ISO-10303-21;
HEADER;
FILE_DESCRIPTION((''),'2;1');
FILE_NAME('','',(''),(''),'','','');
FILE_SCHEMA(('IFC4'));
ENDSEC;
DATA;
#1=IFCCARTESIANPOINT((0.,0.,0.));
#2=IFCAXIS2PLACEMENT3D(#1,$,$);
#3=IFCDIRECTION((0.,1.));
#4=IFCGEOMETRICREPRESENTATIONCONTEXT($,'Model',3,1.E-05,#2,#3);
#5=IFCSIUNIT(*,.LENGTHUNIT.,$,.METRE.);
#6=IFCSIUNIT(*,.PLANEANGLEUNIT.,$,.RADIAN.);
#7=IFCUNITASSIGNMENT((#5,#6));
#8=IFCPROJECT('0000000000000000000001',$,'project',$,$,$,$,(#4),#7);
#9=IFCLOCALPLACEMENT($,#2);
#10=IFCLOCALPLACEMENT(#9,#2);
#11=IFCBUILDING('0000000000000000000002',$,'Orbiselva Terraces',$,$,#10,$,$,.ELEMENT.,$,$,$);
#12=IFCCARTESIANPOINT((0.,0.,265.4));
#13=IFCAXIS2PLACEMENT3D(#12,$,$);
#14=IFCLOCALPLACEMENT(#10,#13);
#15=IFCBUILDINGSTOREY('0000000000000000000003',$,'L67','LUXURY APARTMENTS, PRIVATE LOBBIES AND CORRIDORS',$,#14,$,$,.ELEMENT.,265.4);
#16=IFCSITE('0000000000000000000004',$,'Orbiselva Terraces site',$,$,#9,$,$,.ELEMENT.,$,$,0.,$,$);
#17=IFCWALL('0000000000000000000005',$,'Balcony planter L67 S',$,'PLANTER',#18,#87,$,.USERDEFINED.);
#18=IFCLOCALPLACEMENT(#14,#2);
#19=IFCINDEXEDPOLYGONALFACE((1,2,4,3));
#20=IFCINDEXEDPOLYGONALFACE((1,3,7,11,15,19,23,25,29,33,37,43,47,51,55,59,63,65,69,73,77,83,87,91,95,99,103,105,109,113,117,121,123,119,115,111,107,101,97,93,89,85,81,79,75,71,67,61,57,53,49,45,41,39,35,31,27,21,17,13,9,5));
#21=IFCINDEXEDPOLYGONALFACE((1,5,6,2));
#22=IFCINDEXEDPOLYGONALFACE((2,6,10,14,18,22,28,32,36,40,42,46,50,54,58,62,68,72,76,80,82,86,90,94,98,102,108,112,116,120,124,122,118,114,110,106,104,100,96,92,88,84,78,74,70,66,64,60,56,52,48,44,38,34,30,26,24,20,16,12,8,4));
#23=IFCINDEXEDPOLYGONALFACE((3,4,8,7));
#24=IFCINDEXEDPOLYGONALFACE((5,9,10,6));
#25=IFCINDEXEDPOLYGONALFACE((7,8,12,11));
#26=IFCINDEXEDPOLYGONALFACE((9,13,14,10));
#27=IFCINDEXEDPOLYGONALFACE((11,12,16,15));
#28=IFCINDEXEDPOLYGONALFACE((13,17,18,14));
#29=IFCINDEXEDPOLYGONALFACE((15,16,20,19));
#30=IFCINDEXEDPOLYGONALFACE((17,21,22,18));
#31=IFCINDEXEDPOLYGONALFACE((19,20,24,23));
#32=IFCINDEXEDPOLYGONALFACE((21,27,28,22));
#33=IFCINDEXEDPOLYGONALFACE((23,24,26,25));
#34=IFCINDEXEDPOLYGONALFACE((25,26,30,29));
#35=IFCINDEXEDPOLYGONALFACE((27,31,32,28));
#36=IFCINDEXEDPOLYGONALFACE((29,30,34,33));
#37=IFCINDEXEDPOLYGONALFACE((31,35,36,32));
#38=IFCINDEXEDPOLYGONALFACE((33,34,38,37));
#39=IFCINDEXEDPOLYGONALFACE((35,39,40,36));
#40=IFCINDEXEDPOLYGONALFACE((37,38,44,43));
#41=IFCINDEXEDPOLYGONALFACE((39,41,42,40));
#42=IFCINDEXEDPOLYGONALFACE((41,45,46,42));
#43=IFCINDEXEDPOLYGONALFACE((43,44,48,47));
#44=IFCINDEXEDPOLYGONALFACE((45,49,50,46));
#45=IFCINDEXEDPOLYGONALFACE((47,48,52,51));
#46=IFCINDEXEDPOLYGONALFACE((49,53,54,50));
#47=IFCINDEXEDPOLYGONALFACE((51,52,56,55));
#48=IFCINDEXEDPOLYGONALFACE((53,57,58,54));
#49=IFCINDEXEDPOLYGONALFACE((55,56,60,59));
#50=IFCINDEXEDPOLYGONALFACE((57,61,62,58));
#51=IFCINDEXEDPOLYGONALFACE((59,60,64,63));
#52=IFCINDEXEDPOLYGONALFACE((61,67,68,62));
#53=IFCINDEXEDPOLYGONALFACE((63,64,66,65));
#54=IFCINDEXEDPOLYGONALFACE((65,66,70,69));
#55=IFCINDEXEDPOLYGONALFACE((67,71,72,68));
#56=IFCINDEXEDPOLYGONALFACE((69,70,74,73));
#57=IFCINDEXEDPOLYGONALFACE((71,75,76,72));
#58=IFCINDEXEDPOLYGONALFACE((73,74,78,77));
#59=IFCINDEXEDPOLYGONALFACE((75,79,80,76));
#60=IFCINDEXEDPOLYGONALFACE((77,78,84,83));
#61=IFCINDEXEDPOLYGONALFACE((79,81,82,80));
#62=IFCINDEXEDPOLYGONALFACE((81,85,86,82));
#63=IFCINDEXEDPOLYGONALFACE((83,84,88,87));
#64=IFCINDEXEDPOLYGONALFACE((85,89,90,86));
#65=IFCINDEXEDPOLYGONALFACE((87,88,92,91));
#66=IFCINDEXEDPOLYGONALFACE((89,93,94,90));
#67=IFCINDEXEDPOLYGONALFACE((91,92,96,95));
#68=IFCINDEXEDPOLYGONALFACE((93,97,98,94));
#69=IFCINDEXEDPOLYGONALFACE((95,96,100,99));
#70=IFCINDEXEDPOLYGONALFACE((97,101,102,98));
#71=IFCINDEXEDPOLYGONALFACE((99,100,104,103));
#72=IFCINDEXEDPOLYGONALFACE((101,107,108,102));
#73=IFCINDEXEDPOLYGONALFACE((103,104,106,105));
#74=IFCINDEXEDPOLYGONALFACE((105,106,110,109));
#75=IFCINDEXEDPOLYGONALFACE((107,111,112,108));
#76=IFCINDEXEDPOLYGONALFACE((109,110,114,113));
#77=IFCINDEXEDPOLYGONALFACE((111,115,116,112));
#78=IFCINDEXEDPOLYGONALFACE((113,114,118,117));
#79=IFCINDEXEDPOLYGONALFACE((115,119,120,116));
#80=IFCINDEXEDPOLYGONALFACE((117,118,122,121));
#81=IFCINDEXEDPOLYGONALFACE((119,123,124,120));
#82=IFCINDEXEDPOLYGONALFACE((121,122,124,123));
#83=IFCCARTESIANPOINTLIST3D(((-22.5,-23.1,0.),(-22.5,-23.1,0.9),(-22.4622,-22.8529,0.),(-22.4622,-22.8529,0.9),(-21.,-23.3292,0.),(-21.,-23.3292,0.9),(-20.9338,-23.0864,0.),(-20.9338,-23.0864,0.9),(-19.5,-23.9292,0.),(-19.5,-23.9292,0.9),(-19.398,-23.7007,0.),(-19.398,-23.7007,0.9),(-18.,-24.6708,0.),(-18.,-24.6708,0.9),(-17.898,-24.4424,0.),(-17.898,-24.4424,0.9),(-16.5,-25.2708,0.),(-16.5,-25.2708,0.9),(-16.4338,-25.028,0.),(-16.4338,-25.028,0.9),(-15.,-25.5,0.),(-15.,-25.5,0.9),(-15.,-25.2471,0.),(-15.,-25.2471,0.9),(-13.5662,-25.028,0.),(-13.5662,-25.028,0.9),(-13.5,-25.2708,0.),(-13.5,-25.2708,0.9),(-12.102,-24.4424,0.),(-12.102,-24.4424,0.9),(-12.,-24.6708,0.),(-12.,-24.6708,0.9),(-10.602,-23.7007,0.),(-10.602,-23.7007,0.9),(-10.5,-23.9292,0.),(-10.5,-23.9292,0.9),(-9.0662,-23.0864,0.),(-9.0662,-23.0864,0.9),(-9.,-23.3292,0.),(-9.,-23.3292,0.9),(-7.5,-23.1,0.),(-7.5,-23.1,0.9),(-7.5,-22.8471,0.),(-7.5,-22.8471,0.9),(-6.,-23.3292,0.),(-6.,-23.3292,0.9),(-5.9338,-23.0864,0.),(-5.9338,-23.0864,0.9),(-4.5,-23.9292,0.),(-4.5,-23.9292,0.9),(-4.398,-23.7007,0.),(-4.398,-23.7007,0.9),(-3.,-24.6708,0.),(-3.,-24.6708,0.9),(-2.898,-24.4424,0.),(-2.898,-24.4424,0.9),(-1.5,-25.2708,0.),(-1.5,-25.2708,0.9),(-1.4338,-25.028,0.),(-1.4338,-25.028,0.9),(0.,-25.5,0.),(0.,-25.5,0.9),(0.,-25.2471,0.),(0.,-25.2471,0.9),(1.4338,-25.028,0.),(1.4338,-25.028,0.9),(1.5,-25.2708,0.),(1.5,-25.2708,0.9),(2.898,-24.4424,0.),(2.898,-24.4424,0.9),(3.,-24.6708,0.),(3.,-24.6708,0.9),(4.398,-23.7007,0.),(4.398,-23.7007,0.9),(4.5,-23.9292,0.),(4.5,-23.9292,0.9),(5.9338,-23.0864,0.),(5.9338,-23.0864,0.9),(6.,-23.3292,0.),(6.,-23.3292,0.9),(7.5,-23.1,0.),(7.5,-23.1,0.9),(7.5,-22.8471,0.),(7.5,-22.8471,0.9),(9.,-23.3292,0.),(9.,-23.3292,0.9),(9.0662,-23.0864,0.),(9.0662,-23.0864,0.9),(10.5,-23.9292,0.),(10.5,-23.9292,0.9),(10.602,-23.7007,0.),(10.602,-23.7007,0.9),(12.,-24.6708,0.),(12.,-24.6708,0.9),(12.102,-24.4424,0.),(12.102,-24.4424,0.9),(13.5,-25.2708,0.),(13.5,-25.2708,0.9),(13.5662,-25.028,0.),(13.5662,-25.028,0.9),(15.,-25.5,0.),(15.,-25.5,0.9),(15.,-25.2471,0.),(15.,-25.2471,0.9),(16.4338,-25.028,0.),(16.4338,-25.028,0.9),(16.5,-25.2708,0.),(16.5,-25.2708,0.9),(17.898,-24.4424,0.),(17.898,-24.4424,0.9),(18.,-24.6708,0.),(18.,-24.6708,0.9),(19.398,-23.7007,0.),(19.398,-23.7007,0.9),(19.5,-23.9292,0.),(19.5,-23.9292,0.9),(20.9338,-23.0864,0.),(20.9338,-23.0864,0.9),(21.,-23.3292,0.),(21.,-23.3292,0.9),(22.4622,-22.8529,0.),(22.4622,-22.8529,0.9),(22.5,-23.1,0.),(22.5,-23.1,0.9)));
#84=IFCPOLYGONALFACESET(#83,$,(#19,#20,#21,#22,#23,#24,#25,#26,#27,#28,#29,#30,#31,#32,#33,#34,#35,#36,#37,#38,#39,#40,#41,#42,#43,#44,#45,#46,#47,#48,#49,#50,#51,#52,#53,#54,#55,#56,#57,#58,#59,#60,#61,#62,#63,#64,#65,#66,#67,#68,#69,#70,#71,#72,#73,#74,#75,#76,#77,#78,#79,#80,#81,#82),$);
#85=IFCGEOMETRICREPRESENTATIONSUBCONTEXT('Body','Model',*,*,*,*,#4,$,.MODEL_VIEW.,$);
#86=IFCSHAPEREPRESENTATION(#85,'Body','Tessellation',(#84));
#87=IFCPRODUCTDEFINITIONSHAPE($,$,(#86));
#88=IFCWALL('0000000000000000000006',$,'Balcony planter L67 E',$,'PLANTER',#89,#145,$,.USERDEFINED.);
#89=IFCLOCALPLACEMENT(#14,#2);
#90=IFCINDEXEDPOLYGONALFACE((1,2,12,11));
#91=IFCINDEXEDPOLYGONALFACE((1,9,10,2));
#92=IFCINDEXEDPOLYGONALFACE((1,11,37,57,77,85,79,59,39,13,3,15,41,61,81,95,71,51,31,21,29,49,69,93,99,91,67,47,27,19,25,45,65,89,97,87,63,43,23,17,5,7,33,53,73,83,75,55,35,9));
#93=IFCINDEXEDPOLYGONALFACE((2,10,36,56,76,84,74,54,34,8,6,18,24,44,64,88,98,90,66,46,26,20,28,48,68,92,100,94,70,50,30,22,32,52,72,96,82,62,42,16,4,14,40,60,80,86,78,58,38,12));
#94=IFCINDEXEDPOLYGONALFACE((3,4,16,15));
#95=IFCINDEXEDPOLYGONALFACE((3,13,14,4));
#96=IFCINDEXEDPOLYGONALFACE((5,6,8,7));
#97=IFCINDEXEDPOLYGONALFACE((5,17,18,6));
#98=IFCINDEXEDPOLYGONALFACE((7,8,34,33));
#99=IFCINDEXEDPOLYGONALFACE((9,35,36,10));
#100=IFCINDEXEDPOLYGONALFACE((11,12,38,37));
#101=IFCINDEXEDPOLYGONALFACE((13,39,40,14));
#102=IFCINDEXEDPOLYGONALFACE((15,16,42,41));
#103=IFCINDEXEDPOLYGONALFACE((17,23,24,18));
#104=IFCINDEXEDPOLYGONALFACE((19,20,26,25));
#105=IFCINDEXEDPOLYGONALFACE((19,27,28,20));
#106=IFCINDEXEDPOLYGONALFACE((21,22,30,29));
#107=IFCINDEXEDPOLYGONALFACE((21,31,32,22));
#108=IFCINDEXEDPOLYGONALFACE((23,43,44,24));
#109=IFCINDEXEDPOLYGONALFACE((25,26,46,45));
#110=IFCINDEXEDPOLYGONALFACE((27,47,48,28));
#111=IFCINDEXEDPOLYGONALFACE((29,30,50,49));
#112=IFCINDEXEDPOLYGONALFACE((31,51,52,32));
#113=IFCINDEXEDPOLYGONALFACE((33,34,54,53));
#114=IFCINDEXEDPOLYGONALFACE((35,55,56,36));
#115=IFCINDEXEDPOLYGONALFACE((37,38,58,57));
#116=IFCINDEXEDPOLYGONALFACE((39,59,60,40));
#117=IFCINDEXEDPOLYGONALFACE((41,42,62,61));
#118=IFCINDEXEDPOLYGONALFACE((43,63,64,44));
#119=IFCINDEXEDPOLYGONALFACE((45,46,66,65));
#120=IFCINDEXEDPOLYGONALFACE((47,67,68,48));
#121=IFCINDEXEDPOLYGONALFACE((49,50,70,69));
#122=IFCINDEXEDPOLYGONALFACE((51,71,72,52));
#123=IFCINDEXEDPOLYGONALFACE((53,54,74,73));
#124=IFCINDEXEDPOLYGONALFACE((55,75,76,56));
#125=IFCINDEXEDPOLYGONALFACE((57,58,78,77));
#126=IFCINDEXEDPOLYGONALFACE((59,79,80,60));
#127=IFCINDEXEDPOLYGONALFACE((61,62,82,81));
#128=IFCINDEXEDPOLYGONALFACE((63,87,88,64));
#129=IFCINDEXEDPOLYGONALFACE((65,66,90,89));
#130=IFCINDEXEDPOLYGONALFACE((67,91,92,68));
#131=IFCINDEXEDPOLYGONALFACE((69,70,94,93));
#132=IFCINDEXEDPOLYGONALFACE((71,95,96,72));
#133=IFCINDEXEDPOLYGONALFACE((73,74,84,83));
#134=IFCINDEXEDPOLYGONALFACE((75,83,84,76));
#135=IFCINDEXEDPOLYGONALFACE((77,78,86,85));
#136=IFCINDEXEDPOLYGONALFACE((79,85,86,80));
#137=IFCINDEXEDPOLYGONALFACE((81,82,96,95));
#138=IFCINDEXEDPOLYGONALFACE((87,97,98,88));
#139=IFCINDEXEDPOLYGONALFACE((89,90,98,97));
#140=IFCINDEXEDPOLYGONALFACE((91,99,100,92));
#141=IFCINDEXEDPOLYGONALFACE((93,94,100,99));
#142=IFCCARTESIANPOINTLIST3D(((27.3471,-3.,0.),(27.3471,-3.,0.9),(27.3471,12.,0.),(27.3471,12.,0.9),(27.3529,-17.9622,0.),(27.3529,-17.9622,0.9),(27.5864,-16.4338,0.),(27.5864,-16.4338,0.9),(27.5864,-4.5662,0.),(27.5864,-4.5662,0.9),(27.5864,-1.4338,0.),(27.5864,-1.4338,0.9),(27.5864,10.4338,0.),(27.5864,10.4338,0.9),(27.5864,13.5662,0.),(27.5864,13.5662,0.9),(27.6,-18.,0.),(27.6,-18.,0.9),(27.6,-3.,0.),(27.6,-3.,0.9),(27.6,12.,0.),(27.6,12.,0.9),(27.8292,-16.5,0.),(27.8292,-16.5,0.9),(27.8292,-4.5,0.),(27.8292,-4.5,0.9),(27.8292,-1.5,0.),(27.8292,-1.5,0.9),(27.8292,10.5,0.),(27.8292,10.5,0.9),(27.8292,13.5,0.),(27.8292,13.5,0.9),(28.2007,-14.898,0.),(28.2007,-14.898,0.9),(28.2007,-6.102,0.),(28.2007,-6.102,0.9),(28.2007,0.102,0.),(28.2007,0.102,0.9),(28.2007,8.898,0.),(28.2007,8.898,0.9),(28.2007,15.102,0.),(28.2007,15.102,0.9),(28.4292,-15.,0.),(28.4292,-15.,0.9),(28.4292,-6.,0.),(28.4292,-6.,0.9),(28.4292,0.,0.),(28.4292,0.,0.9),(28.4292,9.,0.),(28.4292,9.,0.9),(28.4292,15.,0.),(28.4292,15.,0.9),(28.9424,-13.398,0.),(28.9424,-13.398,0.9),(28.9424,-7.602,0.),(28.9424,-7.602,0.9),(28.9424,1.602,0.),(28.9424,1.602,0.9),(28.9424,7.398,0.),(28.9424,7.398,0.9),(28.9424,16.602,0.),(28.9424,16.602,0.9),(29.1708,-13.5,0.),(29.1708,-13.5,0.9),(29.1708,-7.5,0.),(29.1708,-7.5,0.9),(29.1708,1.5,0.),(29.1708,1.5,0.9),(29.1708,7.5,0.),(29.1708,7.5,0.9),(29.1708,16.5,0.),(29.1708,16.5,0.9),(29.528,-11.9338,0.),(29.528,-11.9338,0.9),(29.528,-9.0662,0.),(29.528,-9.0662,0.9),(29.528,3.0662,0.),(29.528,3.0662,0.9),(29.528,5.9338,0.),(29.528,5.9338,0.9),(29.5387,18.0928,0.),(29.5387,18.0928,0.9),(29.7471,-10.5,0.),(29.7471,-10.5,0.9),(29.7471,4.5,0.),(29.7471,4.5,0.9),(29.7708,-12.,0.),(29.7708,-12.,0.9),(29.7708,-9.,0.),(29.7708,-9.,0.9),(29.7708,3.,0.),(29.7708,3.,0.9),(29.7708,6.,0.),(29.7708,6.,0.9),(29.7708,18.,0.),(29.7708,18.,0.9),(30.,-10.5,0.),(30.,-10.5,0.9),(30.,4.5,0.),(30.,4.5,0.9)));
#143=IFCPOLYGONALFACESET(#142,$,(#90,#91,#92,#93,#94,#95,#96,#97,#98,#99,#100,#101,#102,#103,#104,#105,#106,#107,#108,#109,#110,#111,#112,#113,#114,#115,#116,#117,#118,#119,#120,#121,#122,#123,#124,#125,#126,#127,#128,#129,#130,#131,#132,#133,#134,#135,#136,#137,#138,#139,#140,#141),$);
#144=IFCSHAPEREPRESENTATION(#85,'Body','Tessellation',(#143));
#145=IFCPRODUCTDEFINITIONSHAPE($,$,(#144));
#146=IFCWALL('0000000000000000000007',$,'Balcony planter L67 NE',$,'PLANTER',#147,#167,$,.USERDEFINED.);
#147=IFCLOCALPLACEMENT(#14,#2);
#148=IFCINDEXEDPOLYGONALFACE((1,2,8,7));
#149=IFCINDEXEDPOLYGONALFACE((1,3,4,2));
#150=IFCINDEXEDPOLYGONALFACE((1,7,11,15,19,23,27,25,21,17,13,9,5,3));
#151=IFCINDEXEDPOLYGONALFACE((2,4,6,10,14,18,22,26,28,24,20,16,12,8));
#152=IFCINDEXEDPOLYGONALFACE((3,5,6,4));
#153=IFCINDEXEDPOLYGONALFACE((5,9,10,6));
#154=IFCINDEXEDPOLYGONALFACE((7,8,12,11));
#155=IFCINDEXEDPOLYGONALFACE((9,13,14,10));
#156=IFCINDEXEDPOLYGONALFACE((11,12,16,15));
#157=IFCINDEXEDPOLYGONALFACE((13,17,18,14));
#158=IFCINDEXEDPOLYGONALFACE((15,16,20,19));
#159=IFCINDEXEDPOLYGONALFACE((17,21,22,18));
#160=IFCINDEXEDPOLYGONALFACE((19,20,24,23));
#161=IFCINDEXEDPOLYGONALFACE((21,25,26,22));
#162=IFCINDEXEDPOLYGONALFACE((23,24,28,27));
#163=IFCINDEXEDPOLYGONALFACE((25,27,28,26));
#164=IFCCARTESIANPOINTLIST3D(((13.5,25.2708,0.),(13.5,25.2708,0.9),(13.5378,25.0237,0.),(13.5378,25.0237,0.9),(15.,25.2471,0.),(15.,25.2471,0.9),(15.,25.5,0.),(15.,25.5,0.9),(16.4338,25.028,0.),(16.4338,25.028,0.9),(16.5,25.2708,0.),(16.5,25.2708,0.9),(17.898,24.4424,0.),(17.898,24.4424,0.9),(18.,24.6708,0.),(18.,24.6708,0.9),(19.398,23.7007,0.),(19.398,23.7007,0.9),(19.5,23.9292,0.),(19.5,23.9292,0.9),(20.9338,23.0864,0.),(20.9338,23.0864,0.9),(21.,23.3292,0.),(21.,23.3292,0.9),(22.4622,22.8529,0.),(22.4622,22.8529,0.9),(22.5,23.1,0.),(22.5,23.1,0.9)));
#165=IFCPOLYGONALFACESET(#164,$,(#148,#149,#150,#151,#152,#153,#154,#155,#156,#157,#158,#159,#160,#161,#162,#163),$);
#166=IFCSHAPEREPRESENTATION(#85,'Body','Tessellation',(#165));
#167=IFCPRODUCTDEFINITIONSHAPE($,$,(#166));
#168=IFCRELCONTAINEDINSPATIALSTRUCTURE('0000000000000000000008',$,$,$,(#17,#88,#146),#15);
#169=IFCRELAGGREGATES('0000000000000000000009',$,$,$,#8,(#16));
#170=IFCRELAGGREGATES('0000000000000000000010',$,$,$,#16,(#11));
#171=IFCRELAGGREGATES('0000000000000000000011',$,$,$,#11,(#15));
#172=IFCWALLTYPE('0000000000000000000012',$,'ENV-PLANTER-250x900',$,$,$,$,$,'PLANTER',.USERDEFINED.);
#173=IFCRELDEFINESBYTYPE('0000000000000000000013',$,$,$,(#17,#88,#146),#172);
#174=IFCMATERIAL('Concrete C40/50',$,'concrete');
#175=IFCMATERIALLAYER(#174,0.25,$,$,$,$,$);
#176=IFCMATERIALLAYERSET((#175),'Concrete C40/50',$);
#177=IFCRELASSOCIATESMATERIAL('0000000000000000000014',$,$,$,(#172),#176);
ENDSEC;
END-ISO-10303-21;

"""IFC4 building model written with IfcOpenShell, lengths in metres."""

from ifc_helpers import new_model, si_unit, direction, frame, origin, place, context, subcontext, project, spatial, polyline, outline, extrude, material, layer, layer_set, type_object, element, save


model = new_model("IFC4")

# Units and contexts
model_context = context("Model", 3, precision=1e-05, world=origin(), true_north=direction((0.0, 1.0)))
body_context = subcontext(model_context, "Body", "Model", "MODEL_VIEW")
ifc_project = project(units=[si_unit("LENGTHUNIT", "METRE"), si_unit("PLANEANGLEUNIT", "RADIAN")], contexts=[model_context])

# Site, building, storey
site_placement = place(None, origin())
site = spatial("IfcSite", under=ifc_project, at=site_placement, Name="Orbiselva Terraces site", CompositionType="ELEMENT", RefElevation=0.0)
building_placement = place(site_placement, origin())
building = spatial("IfcBuilding", under=site, at=building_placement, Name="Orbiselva Terraces", CompositionType="ELEMENT")
storey_placement = place(building_placement, frame((0.0, 0.0, 265.4)))
storey = spatial("IfcBuildingStorey", under=building, at=storey_placement, Name="L67", Description="LUXURY APARTMENTS, PRIVATE LOBBIES AND CORRIDORS", CompositionType="ELEMENT", Elevation=265.4)

# Shared definitions
ifc_material_1 = material(Name="Concrete C40/50", Category="concrete")

# Walls
ifc_layer_1 = layer(ifc_material_1, 0.25)
ifc_layer_set_1 = layer_set([ifc_layer_1], Name="Concrete C40/50")
wall_type_1 = type_object("IfcWallType", Name="ENV-PLANTER-250x900", ElementType="PLANTER", PredefinedType="USERDEFINED", material=ifc_layer_set_1)
wall_1_placement = place(storey_placement, origin())
element("IfcWall", 1, at=wall_1_placement, inside=storey, type_object=wall_type_1, Name="Balcony planter L67 S", ObjectType="PLANTER", PredefinedType="USERDEFINED", context=body_context, shape_type="SweptSolid", body=[
    extrude(outline(polyline([(-22.5, -23.1), (-21.0, -23.3292), (-19.5, -23.9292), (-18.0, -24.6708), (-16.5, -25.2708), (-15.0, -25.5), (-13.5, -25.2708), (-12.0, -24.6708), (-10.5, -23.9292), (-9.0, -23.3292), (-7.5, -23.1), (-6.0, -23.3292), (-4.5, -23.9292), (-3.0, -24.6708), (-1.5, -25.2708), (0.0, -25.5), (1.5, -25.2708), (3.0, -24.6708), (4.5, -23.9292), (6.0, -23.3292), (7.5, -23.1), (9.0, -23.3292), (10.5, -23.9292), (12.0, -24.6708), (13.5, -25.2708), (15.0, -25.5), (16.5, -25.2708), (18.0, -24.6708), (19.5, -23.9292), (21.0, -23.3292), (22.5, -23.1), (22.4622, -22.8529), (20.9338, -23.0864), (19.398, -23.7007), (17.898, -24.4424), (16.4338, -25.028), (15.0, -25.2471), (13.5662, -25.028), (12.102, -24.4424), (10.602, -23.7007), (9.0662, -23.0864), (7.5, -22.8471), (5.9338, -23.0864), (4.398, -23.7007), (2.898, -24.4424), (1.4338, -25.028), (0.0, -25.2471), (-1.4338, -25.028), (-2.898, -24.4424), (-4.398, -23.7007), (-5.9338, -23.0864), (-7.5, -22.8471), (-9.0662, -23.0864), (-10.602, -23.7007), (-12.102, -24.4424), (-13.5662, -25.028), (-15.0, -25.2471), (-16.4338, -25.028), (-17.898, -24.4424), (-19.398, -23.7007), (-20.9338, -23.0864), (-22.4622, -22.8529), (-22.5, -23.1)])), origin(), (0.0, 0.0, 1.0), 0.9),
])
wall_2_placement = place(storey_placement, origin())
element("IfcWall", 2, at=wall_2_placement, inside=storey, type_object=wall_type_1, Name="Balcony planter L67 E", ObjectType="PLANTER", PredefinedType="USERDEFINED", context=body_context, shape_type="SweptSolid", body=[
    extrude(outline(polyline([(27.6, -18.0), (27.8292, -16.5), (28.4292, -15.0), (29.1708, -13.5), (29.7708, -12.0), (30.0, -10.5), (29.7708, -9.0), (29.1708, -7.5), (28.4292, -6.0), (27.8292, -4.5), (27.6, -3.0), (27.8292, -1.5), (28.4292, 0.0), (29.1708, 1.5), (29.7708, 3.0), (30.0, 4.5), (29.7708, 6.0), (29.1708, 7.5), (28.4292, 9.0), (27.8292, 10.5), (27.6, 12.0), (27.8292, 13.5), (28.4292, 15.0), (29.1708, 16.5), (29.7708, 18.0), (29.5387, 18.0928), (28.9424, 16.602), (28.2007, 15.102), (27.5864, 13.5662), (27.3471, 12.0), (27.5864, 10.4338), (28.2007, 8.898), (28.9424, 7.398), (29.528, 5.9338), (29.7471, 4.5), (29.528, 3.0662), (28.9424, 1.602), (28.2007, 0.102), (27.5864, -1.4338), (27.3471, -3.0), (27.5864, -4.5662), (28.2007, -6.102), (28.9424, -7.602), (29.528, -9.0662), (29.7471, -10.5), (29.528, -11.9338), (28.9424, -13.398), (28.2007, -14.898), (27.5864, -16.4338), (27.3529, -17.9622), (27.6, -18.0)])), origin(), (0.0, 0.0, 1.0), 0.9),
])
wall_3_placement = place(storey_placement, origin())
element("IfcWall", 3, at=wall_3_placement, inside=storey, type_object=wall_type_1, Name="Balcony planter L67 NE", ObjectType="PLANTER", PredefinedType="USERDEFINED", context=body_context, shape_type="SweptSolid", body=[
    extrude(outline(polyline([(22.5, 23.1), (21.0, 23.3292), (19.5, 23.9292), (18.0, 24.6708), (16.5, 25.2708), (15.0, 25.5), (13.5, 25.2708), (13.5378, 25.0237), (15.0, 25.2471), (16.4338, 25.028), (17.898, 24.4424), (19.398, 23.7007), (20.9338, 23.0864), (22.4622, 22.8529), (22.5, 23.1)])), origin(), (0.0, 0.0, 1.0), 0.9),
])

save(model, "model.ifc")
